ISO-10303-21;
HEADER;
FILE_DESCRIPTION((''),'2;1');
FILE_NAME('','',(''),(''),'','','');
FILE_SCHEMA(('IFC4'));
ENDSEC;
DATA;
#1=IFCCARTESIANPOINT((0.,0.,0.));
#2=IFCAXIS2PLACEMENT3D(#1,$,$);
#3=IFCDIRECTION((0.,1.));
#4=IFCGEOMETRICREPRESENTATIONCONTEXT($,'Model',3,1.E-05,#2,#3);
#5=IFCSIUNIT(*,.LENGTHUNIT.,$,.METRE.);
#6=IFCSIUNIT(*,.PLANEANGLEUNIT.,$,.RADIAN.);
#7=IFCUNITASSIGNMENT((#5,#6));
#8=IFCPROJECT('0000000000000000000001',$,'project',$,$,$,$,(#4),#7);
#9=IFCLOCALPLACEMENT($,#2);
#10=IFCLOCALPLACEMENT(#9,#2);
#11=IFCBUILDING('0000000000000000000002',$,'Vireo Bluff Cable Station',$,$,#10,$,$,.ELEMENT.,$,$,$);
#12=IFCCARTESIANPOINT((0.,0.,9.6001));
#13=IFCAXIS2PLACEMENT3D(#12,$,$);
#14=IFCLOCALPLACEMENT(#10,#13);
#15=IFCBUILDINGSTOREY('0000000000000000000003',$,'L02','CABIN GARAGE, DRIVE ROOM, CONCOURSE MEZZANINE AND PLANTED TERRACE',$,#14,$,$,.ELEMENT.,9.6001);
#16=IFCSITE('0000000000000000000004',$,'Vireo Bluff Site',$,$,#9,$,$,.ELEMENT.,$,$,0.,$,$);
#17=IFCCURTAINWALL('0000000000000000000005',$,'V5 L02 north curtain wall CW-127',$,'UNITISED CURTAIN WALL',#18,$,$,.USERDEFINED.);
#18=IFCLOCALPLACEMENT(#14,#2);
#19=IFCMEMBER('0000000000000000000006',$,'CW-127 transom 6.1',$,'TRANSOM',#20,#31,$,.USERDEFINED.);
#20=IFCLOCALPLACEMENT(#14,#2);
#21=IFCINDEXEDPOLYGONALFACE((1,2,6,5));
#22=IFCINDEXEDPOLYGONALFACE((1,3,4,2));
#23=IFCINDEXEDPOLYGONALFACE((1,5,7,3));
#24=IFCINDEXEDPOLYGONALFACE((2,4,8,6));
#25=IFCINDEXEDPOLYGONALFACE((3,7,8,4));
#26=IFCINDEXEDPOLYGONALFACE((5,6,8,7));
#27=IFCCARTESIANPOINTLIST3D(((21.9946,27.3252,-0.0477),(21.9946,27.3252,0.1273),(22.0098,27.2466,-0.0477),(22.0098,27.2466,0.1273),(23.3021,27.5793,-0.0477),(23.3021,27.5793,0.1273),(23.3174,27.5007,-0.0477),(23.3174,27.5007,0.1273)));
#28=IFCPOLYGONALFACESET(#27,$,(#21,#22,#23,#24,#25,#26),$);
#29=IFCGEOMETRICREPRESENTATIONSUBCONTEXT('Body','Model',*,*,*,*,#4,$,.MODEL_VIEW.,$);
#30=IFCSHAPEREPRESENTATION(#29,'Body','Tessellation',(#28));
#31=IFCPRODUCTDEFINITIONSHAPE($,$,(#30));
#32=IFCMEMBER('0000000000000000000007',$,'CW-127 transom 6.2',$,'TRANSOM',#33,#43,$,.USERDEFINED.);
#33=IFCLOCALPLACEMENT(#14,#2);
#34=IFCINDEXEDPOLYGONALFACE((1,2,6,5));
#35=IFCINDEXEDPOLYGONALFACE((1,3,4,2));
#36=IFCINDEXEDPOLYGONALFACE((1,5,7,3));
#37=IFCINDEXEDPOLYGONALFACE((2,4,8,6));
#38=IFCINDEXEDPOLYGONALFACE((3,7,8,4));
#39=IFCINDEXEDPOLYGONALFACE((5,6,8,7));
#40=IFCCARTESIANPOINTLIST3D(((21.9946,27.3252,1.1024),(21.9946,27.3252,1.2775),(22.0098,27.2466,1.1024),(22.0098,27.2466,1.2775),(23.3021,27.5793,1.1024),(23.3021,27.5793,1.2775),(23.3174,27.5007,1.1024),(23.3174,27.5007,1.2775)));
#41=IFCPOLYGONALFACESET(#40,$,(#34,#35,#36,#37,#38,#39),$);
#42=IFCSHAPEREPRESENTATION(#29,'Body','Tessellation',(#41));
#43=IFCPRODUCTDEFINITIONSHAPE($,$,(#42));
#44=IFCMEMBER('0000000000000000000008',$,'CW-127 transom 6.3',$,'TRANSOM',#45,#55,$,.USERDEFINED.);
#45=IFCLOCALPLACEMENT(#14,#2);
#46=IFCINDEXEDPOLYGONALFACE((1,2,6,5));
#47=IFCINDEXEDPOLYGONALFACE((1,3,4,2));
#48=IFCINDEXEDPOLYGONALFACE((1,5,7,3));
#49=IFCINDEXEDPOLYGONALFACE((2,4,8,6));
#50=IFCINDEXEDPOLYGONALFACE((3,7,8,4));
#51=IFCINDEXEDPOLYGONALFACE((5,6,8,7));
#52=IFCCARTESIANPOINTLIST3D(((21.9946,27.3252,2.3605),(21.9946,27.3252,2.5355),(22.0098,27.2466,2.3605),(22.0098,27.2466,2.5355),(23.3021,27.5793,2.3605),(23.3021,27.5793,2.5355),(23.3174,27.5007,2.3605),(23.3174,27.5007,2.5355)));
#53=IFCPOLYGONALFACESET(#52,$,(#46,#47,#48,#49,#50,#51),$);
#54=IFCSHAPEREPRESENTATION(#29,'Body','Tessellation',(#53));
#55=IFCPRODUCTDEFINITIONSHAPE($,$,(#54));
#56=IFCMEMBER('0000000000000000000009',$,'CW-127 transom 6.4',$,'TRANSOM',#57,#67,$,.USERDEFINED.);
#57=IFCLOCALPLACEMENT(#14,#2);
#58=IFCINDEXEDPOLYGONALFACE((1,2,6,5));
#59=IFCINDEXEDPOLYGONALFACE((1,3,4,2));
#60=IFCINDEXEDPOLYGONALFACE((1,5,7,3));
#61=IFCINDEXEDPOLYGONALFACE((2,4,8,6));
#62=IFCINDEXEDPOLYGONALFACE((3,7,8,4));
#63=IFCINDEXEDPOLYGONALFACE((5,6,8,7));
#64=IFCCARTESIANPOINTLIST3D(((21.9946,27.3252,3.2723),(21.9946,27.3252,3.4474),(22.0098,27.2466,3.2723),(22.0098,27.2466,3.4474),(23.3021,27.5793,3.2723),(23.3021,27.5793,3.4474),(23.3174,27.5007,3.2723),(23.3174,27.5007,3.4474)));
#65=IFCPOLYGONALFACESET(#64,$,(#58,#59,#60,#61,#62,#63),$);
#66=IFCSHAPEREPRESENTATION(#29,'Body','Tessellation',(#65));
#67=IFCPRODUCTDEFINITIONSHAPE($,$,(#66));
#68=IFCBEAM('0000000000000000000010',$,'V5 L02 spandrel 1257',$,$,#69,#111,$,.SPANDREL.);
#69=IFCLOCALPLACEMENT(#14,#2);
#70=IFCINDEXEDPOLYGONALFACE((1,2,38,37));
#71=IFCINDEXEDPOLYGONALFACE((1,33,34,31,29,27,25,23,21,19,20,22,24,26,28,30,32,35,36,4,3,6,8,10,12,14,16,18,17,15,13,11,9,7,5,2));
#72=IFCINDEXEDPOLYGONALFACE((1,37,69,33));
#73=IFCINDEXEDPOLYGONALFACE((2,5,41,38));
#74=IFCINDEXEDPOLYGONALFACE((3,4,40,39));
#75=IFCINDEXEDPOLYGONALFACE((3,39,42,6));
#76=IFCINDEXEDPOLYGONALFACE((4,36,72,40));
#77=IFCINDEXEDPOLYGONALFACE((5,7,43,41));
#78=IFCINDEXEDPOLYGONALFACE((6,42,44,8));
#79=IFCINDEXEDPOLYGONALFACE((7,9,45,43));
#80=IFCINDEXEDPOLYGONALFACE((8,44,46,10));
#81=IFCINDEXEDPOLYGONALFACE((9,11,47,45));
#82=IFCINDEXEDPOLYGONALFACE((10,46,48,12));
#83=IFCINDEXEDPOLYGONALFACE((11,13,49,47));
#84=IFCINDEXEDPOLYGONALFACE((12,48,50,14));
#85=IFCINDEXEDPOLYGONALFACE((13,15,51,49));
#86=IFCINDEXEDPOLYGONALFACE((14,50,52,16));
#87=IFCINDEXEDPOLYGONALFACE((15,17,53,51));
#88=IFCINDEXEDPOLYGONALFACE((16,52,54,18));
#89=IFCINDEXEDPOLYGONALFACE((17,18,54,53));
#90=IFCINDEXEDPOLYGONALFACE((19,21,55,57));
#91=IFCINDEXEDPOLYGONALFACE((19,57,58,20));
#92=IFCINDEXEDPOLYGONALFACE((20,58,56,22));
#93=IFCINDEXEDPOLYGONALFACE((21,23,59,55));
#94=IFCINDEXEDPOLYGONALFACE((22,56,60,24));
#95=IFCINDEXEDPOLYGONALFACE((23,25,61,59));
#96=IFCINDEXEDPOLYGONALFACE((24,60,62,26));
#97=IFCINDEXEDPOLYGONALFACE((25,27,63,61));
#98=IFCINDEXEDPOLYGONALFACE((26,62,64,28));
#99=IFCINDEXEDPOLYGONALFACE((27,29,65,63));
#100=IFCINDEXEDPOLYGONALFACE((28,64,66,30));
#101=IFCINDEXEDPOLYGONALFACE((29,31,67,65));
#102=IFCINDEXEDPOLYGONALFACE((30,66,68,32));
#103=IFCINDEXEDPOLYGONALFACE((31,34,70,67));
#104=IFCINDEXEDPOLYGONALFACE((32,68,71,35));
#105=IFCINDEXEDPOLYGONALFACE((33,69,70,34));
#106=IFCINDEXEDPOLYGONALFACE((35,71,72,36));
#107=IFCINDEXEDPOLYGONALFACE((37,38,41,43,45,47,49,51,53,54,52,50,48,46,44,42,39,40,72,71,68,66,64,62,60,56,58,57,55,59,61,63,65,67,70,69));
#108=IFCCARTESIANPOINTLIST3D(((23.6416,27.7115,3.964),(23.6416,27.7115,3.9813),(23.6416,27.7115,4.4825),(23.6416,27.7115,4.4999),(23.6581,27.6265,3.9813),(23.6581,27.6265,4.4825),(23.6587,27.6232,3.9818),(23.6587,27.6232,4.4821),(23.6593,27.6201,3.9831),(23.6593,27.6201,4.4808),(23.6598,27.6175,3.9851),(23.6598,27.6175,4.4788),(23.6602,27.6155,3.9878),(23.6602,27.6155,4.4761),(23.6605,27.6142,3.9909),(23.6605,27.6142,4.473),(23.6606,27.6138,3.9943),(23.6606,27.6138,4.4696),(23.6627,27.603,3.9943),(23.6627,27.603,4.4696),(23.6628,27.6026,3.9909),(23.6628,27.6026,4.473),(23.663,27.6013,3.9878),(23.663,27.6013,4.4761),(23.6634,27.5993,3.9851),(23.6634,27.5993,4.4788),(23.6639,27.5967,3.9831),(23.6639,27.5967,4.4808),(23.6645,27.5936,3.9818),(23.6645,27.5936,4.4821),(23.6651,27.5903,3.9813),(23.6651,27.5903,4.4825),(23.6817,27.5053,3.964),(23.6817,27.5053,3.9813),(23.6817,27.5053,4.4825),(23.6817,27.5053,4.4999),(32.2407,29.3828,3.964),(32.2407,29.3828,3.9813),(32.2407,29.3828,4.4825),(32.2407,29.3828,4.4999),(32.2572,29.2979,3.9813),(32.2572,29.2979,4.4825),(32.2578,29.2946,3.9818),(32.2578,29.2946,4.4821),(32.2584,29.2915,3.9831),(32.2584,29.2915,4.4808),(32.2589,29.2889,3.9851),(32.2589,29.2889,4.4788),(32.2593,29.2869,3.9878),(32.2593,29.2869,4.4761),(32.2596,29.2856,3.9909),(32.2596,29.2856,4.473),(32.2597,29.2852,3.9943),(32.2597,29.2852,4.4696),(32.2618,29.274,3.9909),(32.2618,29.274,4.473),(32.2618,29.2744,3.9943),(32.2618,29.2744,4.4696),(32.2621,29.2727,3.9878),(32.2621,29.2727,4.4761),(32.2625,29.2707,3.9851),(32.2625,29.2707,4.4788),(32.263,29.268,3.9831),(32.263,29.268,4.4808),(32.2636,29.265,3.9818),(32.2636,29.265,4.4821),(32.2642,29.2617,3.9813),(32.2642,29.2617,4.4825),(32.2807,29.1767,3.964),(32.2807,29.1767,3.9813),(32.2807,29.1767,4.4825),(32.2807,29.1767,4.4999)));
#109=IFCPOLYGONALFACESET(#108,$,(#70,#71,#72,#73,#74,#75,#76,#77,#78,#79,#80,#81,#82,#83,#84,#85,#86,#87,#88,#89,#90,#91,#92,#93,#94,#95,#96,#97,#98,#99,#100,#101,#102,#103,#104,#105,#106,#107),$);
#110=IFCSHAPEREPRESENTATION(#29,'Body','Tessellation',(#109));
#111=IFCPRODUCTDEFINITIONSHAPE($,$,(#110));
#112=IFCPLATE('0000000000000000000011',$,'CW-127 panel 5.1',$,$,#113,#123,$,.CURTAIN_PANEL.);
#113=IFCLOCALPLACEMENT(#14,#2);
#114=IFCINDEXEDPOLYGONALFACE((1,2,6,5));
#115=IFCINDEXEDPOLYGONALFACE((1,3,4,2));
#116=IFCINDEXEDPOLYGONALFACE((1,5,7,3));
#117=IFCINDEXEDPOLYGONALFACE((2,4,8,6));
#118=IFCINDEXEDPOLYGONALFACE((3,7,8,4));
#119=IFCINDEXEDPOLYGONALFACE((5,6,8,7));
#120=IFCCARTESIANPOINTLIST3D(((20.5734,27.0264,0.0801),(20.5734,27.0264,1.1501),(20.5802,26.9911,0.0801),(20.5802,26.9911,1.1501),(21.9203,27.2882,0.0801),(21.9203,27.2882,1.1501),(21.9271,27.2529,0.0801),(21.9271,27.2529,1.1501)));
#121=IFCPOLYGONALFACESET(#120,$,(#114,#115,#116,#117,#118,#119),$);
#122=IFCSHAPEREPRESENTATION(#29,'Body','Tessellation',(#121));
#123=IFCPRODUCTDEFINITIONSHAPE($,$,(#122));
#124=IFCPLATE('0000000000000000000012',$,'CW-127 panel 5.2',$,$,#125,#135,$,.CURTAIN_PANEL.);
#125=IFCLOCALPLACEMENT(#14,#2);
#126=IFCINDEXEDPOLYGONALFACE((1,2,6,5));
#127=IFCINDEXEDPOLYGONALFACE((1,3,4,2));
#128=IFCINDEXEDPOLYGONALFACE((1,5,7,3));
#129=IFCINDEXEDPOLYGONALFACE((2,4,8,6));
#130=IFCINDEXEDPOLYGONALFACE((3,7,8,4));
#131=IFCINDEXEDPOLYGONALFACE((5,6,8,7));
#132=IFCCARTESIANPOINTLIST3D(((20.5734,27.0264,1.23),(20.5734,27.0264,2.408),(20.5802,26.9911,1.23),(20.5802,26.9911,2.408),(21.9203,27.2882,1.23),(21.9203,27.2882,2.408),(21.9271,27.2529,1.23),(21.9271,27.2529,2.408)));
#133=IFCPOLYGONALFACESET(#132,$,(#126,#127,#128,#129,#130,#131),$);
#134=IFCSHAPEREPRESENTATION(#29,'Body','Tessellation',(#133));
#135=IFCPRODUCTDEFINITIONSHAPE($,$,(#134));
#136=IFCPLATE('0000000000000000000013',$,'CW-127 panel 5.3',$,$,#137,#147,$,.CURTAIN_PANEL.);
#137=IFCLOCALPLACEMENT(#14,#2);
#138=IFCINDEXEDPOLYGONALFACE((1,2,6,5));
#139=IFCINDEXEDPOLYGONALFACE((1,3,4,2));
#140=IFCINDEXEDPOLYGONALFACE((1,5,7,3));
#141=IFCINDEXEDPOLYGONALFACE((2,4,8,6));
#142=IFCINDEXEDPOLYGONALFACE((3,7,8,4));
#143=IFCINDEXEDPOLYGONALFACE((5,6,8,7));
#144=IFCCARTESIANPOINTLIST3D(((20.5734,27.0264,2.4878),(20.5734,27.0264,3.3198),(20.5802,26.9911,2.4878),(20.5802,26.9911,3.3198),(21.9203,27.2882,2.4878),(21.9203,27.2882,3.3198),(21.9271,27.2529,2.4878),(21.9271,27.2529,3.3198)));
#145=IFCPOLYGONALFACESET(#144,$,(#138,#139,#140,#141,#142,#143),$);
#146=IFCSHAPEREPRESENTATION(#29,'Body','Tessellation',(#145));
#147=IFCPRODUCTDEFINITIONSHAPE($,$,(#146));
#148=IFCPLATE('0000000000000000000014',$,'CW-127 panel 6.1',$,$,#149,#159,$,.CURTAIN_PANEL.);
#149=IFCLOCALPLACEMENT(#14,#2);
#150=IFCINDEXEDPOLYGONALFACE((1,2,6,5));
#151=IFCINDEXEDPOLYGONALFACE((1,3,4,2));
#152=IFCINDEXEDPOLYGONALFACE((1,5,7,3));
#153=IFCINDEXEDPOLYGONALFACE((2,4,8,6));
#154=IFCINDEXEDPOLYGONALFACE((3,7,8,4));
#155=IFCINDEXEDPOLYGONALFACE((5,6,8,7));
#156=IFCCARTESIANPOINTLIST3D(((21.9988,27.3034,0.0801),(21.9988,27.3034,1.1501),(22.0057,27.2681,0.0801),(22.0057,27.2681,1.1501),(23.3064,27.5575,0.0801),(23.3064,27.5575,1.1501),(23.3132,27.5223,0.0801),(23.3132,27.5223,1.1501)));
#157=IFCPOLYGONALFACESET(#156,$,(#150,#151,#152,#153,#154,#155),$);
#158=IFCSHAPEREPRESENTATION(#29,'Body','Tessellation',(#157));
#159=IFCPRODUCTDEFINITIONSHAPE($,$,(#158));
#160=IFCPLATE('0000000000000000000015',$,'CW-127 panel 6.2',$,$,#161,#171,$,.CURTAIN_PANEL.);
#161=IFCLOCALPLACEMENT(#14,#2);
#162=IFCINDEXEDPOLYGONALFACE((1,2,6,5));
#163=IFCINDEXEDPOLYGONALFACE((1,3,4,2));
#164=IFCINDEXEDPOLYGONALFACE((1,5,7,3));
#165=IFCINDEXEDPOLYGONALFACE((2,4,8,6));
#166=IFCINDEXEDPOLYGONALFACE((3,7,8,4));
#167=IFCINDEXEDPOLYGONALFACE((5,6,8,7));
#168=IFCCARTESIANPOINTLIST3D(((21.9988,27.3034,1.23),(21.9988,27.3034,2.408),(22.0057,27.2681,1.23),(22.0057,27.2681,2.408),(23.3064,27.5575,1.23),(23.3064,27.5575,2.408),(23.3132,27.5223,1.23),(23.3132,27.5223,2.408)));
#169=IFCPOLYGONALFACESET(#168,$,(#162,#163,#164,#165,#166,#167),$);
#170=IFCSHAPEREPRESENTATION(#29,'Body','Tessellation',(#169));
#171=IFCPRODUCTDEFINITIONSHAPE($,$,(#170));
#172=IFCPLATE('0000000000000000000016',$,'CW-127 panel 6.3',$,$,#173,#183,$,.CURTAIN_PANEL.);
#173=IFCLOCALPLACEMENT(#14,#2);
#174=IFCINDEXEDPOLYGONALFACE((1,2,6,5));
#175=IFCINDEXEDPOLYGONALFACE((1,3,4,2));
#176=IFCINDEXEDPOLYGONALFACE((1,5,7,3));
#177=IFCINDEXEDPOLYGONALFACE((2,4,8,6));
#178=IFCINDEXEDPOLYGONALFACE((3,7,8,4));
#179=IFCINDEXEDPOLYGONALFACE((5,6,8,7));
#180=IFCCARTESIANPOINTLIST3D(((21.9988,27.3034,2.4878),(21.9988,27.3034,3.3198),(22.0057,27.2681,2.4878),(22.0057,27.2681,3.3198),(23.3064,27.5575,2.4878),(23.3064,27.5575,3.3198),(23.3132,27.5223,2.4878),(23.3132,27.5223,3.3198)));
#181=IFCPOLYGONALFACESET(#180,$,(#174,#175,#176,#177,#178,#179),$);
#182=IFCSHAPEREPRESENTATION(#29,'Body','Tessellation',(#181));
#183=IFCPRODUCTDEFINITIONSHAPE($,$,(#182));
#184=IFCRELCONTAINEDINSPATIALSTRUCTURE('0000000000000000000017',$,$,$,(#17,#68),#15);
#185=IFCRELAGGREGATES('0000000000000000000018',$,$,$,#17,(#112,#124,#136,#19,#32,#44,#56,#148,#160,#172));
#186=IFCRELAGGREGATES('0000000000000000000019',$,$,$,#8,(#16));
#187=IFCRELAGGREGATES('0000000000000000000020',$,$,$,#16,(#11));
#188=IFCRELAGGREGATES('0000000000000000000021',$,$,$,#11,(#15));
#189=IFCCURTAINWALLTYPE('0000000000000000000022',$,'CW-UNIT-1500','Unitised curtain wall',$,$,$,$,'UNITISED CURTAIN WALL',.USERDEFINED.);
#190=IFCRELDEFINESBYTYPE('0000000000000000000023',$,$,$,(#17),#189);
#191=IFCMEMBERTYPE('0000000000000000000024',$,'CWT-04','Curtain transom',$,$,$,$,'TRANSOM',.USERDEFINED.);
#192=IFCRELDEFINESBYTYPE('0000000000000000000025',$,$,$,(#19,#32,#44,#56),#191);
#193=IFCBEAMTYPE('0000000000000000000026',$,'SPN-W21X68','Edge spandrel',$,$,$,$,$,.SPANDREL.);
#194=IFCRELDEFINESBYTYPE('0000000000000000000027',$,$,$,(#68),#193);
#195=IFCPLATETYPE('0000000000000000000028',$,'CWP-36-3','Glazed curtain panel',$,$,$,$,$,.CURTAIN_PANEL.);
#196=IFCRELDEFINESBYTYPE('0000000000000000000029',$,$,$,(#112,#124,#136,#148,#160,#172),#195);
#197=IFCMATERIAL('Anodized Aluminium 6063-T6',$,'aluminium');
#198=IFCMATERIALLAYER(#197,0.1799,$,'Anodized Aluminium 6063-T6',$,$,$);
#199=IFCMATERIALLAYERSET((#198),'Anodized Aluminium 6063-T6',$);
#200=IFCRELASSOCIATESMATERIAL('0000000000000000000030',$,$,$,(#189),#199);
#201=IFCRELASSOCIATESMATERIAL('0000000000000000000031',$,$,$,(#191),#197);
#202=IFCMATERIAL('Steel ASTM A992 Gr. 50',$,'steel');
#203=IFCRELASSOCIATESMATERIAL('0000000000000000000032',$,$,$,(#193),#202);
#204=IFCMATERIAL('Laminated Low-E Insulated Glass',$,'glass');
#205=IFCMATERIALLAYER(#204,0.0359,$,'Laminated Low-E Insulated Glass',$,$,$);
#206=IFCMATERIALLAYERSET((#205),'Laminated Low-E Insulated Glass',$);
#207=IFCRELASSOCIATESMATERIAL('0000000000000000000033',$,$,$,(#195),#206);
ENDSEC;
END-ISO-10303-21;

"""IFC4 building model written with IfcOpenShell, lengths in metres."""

from ifc_helpers import new_model, si_unit, direction, frame, origin, origin_2d, place, context, subcontext, project, spatial, rectangle, i_section, extrude, material, layer, layer_set, material_profile, profile_set, type_object, element, aggregate, save


model = new_model("IFC4")

# Units and contexts
model_context = context("Model", 3, precision=1e-05, world=origin(), true_north=direction((0.0, 1.0)))
body_context = subcontext(model_context, "Body", "Model", "MODEL_VIEW")
ifc_project = project(units=[si_unit("LENGTHUNIT", "METRE"), si_unit("PLANEANGLEUNIT", "RADIAN")], contexts=[model_context])

# Site, building, storey
site_placement = place(None, origin())
site = spatial("IfcSite", under=ifc_project, at=site_placement, Name="Vireo Bluff Site", CompositionType="ELEMENT", RefElevation=0.0)
building_placement = place(site_placement, origin())
building = spatial("IfcBuilding", under=site, at=building_placement, Name="Vireo Bluff Cable Station", CompositionType="ELEMENT")
storey_placement = place(building_placement, frame((0.0, 0.0, 9.6001)))
storey = spatial("IfcBuildingStorey", under=building, at=storey_placement, Name="L02", Description="CABIN GARAGE, DRIVE ROOM, CONCOURSE MEZZANINE AND PLANTED TERRACE", CompositionType="ELEMENT", Elevation=9.6001)

# Shared definitions
ifc_material_1 = material(Name="Steel ASTM A992 Gr. 50", Category="steel")

# Curtain wall
ifc_material_2 = material(Name="Anodized Aluminium 6063-T6", Category="aluminium")
ifc_layer_1 = layer(ifc_material_2, 0.1799, Name="Anodized Aluminium 6063-T6")
ifc_layer_set_1 = layer_set([ifc_layer_1], Name="Anodized Aluminium 6063-T6")
curtain_wall_type_1 = type_object("IfcCurtainWallType", Name="CW-UNIT-1500", Description="Unitised curtain wall", ElementType="UNITISED CURTAIN WALL", PredefinedType="USERDEFINED", material=ifc_layer_set_1)
curtain_wall_1_placement = place(storey_placement, origin())
curtain_wall_1 = element("IfcCurtainWall", 1, at=curtain_wall_1_placement, inside=storey, type_object=curtain_wall_type_1, Name="V5 L02 north curtain wall CW-127", ObjectType="UNITISED CURTAIN WALL", PredefinedType="USERDEFINED")

# Members
ifc_material_profile_1 = material_profile(ifc_material_2, rectangle(XDim=0.0801, YDim=0.175, at=origin_2d()), Name="ALU-T-80X175")
ifc_profile_set_1 = profile_set([ifc_material_profile_1], Name="Anodized Aluminium 6063-T6")
member_type_1 = type_object("IfcMemberType", Name="CWT-04", Description="Curtain transom", ElementType="TRANSOM", PredefinedType="USERDEFINED", material=ifc_profile_set_1)
member_1_placement = place(storey_placement, frame((22.0022, 27.2859, 0.0398), z_axis=(0.981631, 0.190791, 0.0), x_axis=(-0.190791, 0.981631, 0.0)))
member_1 = element("IfcMember", 2, at=member_1_placement, type_object=member_type_1, Name="CW-127 transom 6.1", ObjectType="TRANSOM", PredefinedType="USERDEFINED", context=body_context, shape_type="SweptSolid", body=[
    extrude(rectangle(XDim=0.0801, YDim=0.175, at=origin_2d()), origin(), (0.0, 0.0, 1.0), 1.332),
])
member_2_placement = place(storey_placement, frame((22.0022, 27.2859, 1.1899), z_axis=(0.981631, 0.190791, 0.0), x_axis=(-0.190791, 0.981631, 0.0)))
member_2 = element("IfcMember", 3, at=member_2_placement, type_object=member_type_1, Name="CW-127 transom 6.2", ObjectType="TRANSOM", PredefinedType="USERDEFINED", context=body_context, shape_type="SweptSolid", body=[
    extrude(rectangle(XDim=0.0801, YDim=0.175, at=origin_2d()), origin(), (0.0, 0.0, 1.0), 1.332),
])
member_3_placement = place(storey_placement, frame((22.0022, 27.2859, 2.448), z_axis=(0.981631, 0.190791, 0.0), x_axis=(-0.190791, 0.981631, 0.0)))
member_3 = element("IfcMember", 4, at=member_3_placement, type_object=member_type_1, Name="CW-127 transom 6.3", ObjectType="TRANSOM", PredefinedType="USERDEFINED", context=body_context, shape_type="SweptSolid", body=[
    extrude(rectangle(XDim=0.0801, YDim=0.175, at=origin_2d()), origin(), (0.0, 0.0, 1.0), 1.332),
])
member_4_placement = place(storey_placement, frame((22.0022, 27.2859, 3.3599), z_axis=(0.981631, 0.190791, 0.0), x_axis=(-0.190791, 0.981631, 0.0)))
member_4 = element("IfcMember", 5, at=member_4_placement, type_object=member_type_1, Name="CW-127 transom 6.4", ObjectType="TRANSOM", PredefinedType="USERDEFINED", context=body_context, shape_type="SweptSolid", body=[
    extrude(rectangle(XDim=0.0801, YDim=0.175, at=origin_2d()), origin(), (0.0, 0.0, 1.0), 1.332),
])

# Beam
ifc_material_profile_2 = material_profile(ifc_material_1, i_section(OverallWidth=0.21, OverallDepth=0.5359, WebThickness=0.011, FlangeThickness=0.0173, FilletRadius=0.0129, at=origin_2d()), Name="W21X68")
ifc_profile_set_2 = profile_set([ifc_material_profile_2], Name="Steel ASTM A992 Gr. 50")
beam_type = type_object("IfcBeamType", Name="SPN-W21X68", Description="Edge spandrel", PredefinedType="SPANDREL", material=ifc_profile_set_2)
beam_placement = place(storey_placement, frame((23.6616, 27.6084, 4.2319), z_axis=(0.98163, 0.190797, 0.0), x_axis=(-0.190797, 0.98163, 0.0)))
element("IfcBeam", 6, at=beam_placement, inside=storey, type_object=beam_type, Name="V5 L02 spandrel 1257", PredefinedType="SPANDREL", context=body_context, shape_type="SweptSolid", body=[
    extrude(i_section(OverallWidth=0.21, OverallDepth=0.5359, WebThickness=0.011, FlangeThickness=0.0173, FilletRadius=0.0129, at=origin_2d()), origin(), (0.0, 0.0, 1.0), 8.76),
])

# Plates
ifc_material_3 = material(Name="Laminated Low-E Insulated Glass", Category="glass")
ifc_layer_2 = layer(ifc_material_3, 0.0359, Name="Laminated Low-E Insulated Glass")
ifc_layer_set_2 = layer_set([ifc_layer_2], Name="Laminated Low-E Insulated Glass")
plate_type_1 = type_object("IfcPlateType", Name="CWP-36-3", Description="Glazed curtain panel", PredefinedType="CURTAIN_PANEL", material=ifc_layer_set_2)
plate_1_placement = place(storey_placement, frame((21.2502, 27.1396, 0.0801), z_axis=(0.0, 0.0, 1.0), x_axis=(0.981627, 0.190809, 0.0)))
plate_1 = element("IfcPlate", 7, at=plate_1_placement, type_object=plate_type_1, Name="CW-127 panel 5.1", PredefinedType="CURTAIN_PANEL", context=body_context, shape_type="SweptSolid", body=[
    extrude(rectangle(XDim=1.3721, YDim=0.0359, at=origin_2d()), origin(), (0.0, 0.0, 1.0), 1.0701),
])
plate_2_placement = place(storey_placement, frame((21.2502, 27.1396, 1.23), z_axis=(0.0, 0.0, 1.0), x_axis=(0.981627, 0.190809, 0.0)))
plate_2 = element("IfcPlate", 8, at=plate_2_placement, type_object=plate_type_1, Name="CW-127 panel 5.2", PredefinedType="CURTAIN_PANEL", context=body_context, shape_type="SweptSolid", body=[
    extrude(rectangle(XDim=1.3721, YDim=0.0359, at=origin_2d()), origin(), (0.0, 0.0, 1.0), 1.178),
])
plate_3_placement = place(storey_placement, frame((21.2502, 27.1396, 2.4878), z_axis=(0.0, 0.0, 1.0), x_axis=(0.981627, 0.190809, 0.0)))
plate_3 = element("IfcPlate", 9, at=plate_3_placement, type_object=plate_type_1, Name="CW-127 panel 5.3", PredefinedType="CURTAIN_PANEL", context=body_context, shape_type="SweptSolid", body=[
    extrude(rectangle(XDim=1.3721, YDim=0.0359, at=origin_2d()), origin(), (0.0, 0.0, 1.0), 0.832),
])
plate_4_placement = place(storey_placement, frame((22.656, 27.4128, 0.0801), z_axis=(0.0, 0.0, 1.0), x_axis=(0.981627, 0.190809, 0.0)))
plate_4 = element("IfcPlate", 10, at=plate_4_placement, type_object=plate_type_1, Name="CW-127 panel 6.1", PredefinedType="CURTAIN_PANEL", context=body_context, shape_type="SweptSolid", body=[
    extrude(rectangle(XDim=1.332, YDim=0.0359, at=origin_2d()), origin(), (0.0, 0.0, 1.0), 1.0701),
])
plate_5_placement = place(storey_placement, frame((22.656, 27.4128, 1.23), z_axis=(0.0, 0.0, 1.0), x_axis=(0.981627, 0.190809, 0.0)))
plate_5 = element("IfcPlate", 11, at=plate_5_placement, type_object=plate_type_1, Name="CW-127 panel 6.2", PredefinedType="CURTAIN_PANEL", context=body_context, shape_type="SweptSolid", body=[
    extrude(rectangle(XDim=1.332, YDim=0.0359, at=origin_2d()), origin(), (0.0, 0.0, 1.0), 1.178),
])
plate_6_placement = place(storey_placement, frame((22.656, 27.4128, 2.4878), z_axis=(0.0, 0.0, 1.0), x_axis=(0.981627, 0.190809, 0.0)))
plate_6 = element("IfcPlate", 12, at=plate_6_placement, type_object=plate_type_1, Name="CW-127 panel 6.3", PredefinedType="CURTAIN_PANEL", context=body_context, shape_type="SweptSolid", body=[
    extrude(rectangle(XDim=1.332, YDim=0.0359, at=origin_2d()), origin(), (0.0, 0.0, 1.0), 0.832),
])
aggregate(curtain_wall_1, [plate_1, plate_2, plate_3, member_1, member_2, member_3, member_4, plate_4, plate_5, plate_6])

save(model, "model.ifc")
